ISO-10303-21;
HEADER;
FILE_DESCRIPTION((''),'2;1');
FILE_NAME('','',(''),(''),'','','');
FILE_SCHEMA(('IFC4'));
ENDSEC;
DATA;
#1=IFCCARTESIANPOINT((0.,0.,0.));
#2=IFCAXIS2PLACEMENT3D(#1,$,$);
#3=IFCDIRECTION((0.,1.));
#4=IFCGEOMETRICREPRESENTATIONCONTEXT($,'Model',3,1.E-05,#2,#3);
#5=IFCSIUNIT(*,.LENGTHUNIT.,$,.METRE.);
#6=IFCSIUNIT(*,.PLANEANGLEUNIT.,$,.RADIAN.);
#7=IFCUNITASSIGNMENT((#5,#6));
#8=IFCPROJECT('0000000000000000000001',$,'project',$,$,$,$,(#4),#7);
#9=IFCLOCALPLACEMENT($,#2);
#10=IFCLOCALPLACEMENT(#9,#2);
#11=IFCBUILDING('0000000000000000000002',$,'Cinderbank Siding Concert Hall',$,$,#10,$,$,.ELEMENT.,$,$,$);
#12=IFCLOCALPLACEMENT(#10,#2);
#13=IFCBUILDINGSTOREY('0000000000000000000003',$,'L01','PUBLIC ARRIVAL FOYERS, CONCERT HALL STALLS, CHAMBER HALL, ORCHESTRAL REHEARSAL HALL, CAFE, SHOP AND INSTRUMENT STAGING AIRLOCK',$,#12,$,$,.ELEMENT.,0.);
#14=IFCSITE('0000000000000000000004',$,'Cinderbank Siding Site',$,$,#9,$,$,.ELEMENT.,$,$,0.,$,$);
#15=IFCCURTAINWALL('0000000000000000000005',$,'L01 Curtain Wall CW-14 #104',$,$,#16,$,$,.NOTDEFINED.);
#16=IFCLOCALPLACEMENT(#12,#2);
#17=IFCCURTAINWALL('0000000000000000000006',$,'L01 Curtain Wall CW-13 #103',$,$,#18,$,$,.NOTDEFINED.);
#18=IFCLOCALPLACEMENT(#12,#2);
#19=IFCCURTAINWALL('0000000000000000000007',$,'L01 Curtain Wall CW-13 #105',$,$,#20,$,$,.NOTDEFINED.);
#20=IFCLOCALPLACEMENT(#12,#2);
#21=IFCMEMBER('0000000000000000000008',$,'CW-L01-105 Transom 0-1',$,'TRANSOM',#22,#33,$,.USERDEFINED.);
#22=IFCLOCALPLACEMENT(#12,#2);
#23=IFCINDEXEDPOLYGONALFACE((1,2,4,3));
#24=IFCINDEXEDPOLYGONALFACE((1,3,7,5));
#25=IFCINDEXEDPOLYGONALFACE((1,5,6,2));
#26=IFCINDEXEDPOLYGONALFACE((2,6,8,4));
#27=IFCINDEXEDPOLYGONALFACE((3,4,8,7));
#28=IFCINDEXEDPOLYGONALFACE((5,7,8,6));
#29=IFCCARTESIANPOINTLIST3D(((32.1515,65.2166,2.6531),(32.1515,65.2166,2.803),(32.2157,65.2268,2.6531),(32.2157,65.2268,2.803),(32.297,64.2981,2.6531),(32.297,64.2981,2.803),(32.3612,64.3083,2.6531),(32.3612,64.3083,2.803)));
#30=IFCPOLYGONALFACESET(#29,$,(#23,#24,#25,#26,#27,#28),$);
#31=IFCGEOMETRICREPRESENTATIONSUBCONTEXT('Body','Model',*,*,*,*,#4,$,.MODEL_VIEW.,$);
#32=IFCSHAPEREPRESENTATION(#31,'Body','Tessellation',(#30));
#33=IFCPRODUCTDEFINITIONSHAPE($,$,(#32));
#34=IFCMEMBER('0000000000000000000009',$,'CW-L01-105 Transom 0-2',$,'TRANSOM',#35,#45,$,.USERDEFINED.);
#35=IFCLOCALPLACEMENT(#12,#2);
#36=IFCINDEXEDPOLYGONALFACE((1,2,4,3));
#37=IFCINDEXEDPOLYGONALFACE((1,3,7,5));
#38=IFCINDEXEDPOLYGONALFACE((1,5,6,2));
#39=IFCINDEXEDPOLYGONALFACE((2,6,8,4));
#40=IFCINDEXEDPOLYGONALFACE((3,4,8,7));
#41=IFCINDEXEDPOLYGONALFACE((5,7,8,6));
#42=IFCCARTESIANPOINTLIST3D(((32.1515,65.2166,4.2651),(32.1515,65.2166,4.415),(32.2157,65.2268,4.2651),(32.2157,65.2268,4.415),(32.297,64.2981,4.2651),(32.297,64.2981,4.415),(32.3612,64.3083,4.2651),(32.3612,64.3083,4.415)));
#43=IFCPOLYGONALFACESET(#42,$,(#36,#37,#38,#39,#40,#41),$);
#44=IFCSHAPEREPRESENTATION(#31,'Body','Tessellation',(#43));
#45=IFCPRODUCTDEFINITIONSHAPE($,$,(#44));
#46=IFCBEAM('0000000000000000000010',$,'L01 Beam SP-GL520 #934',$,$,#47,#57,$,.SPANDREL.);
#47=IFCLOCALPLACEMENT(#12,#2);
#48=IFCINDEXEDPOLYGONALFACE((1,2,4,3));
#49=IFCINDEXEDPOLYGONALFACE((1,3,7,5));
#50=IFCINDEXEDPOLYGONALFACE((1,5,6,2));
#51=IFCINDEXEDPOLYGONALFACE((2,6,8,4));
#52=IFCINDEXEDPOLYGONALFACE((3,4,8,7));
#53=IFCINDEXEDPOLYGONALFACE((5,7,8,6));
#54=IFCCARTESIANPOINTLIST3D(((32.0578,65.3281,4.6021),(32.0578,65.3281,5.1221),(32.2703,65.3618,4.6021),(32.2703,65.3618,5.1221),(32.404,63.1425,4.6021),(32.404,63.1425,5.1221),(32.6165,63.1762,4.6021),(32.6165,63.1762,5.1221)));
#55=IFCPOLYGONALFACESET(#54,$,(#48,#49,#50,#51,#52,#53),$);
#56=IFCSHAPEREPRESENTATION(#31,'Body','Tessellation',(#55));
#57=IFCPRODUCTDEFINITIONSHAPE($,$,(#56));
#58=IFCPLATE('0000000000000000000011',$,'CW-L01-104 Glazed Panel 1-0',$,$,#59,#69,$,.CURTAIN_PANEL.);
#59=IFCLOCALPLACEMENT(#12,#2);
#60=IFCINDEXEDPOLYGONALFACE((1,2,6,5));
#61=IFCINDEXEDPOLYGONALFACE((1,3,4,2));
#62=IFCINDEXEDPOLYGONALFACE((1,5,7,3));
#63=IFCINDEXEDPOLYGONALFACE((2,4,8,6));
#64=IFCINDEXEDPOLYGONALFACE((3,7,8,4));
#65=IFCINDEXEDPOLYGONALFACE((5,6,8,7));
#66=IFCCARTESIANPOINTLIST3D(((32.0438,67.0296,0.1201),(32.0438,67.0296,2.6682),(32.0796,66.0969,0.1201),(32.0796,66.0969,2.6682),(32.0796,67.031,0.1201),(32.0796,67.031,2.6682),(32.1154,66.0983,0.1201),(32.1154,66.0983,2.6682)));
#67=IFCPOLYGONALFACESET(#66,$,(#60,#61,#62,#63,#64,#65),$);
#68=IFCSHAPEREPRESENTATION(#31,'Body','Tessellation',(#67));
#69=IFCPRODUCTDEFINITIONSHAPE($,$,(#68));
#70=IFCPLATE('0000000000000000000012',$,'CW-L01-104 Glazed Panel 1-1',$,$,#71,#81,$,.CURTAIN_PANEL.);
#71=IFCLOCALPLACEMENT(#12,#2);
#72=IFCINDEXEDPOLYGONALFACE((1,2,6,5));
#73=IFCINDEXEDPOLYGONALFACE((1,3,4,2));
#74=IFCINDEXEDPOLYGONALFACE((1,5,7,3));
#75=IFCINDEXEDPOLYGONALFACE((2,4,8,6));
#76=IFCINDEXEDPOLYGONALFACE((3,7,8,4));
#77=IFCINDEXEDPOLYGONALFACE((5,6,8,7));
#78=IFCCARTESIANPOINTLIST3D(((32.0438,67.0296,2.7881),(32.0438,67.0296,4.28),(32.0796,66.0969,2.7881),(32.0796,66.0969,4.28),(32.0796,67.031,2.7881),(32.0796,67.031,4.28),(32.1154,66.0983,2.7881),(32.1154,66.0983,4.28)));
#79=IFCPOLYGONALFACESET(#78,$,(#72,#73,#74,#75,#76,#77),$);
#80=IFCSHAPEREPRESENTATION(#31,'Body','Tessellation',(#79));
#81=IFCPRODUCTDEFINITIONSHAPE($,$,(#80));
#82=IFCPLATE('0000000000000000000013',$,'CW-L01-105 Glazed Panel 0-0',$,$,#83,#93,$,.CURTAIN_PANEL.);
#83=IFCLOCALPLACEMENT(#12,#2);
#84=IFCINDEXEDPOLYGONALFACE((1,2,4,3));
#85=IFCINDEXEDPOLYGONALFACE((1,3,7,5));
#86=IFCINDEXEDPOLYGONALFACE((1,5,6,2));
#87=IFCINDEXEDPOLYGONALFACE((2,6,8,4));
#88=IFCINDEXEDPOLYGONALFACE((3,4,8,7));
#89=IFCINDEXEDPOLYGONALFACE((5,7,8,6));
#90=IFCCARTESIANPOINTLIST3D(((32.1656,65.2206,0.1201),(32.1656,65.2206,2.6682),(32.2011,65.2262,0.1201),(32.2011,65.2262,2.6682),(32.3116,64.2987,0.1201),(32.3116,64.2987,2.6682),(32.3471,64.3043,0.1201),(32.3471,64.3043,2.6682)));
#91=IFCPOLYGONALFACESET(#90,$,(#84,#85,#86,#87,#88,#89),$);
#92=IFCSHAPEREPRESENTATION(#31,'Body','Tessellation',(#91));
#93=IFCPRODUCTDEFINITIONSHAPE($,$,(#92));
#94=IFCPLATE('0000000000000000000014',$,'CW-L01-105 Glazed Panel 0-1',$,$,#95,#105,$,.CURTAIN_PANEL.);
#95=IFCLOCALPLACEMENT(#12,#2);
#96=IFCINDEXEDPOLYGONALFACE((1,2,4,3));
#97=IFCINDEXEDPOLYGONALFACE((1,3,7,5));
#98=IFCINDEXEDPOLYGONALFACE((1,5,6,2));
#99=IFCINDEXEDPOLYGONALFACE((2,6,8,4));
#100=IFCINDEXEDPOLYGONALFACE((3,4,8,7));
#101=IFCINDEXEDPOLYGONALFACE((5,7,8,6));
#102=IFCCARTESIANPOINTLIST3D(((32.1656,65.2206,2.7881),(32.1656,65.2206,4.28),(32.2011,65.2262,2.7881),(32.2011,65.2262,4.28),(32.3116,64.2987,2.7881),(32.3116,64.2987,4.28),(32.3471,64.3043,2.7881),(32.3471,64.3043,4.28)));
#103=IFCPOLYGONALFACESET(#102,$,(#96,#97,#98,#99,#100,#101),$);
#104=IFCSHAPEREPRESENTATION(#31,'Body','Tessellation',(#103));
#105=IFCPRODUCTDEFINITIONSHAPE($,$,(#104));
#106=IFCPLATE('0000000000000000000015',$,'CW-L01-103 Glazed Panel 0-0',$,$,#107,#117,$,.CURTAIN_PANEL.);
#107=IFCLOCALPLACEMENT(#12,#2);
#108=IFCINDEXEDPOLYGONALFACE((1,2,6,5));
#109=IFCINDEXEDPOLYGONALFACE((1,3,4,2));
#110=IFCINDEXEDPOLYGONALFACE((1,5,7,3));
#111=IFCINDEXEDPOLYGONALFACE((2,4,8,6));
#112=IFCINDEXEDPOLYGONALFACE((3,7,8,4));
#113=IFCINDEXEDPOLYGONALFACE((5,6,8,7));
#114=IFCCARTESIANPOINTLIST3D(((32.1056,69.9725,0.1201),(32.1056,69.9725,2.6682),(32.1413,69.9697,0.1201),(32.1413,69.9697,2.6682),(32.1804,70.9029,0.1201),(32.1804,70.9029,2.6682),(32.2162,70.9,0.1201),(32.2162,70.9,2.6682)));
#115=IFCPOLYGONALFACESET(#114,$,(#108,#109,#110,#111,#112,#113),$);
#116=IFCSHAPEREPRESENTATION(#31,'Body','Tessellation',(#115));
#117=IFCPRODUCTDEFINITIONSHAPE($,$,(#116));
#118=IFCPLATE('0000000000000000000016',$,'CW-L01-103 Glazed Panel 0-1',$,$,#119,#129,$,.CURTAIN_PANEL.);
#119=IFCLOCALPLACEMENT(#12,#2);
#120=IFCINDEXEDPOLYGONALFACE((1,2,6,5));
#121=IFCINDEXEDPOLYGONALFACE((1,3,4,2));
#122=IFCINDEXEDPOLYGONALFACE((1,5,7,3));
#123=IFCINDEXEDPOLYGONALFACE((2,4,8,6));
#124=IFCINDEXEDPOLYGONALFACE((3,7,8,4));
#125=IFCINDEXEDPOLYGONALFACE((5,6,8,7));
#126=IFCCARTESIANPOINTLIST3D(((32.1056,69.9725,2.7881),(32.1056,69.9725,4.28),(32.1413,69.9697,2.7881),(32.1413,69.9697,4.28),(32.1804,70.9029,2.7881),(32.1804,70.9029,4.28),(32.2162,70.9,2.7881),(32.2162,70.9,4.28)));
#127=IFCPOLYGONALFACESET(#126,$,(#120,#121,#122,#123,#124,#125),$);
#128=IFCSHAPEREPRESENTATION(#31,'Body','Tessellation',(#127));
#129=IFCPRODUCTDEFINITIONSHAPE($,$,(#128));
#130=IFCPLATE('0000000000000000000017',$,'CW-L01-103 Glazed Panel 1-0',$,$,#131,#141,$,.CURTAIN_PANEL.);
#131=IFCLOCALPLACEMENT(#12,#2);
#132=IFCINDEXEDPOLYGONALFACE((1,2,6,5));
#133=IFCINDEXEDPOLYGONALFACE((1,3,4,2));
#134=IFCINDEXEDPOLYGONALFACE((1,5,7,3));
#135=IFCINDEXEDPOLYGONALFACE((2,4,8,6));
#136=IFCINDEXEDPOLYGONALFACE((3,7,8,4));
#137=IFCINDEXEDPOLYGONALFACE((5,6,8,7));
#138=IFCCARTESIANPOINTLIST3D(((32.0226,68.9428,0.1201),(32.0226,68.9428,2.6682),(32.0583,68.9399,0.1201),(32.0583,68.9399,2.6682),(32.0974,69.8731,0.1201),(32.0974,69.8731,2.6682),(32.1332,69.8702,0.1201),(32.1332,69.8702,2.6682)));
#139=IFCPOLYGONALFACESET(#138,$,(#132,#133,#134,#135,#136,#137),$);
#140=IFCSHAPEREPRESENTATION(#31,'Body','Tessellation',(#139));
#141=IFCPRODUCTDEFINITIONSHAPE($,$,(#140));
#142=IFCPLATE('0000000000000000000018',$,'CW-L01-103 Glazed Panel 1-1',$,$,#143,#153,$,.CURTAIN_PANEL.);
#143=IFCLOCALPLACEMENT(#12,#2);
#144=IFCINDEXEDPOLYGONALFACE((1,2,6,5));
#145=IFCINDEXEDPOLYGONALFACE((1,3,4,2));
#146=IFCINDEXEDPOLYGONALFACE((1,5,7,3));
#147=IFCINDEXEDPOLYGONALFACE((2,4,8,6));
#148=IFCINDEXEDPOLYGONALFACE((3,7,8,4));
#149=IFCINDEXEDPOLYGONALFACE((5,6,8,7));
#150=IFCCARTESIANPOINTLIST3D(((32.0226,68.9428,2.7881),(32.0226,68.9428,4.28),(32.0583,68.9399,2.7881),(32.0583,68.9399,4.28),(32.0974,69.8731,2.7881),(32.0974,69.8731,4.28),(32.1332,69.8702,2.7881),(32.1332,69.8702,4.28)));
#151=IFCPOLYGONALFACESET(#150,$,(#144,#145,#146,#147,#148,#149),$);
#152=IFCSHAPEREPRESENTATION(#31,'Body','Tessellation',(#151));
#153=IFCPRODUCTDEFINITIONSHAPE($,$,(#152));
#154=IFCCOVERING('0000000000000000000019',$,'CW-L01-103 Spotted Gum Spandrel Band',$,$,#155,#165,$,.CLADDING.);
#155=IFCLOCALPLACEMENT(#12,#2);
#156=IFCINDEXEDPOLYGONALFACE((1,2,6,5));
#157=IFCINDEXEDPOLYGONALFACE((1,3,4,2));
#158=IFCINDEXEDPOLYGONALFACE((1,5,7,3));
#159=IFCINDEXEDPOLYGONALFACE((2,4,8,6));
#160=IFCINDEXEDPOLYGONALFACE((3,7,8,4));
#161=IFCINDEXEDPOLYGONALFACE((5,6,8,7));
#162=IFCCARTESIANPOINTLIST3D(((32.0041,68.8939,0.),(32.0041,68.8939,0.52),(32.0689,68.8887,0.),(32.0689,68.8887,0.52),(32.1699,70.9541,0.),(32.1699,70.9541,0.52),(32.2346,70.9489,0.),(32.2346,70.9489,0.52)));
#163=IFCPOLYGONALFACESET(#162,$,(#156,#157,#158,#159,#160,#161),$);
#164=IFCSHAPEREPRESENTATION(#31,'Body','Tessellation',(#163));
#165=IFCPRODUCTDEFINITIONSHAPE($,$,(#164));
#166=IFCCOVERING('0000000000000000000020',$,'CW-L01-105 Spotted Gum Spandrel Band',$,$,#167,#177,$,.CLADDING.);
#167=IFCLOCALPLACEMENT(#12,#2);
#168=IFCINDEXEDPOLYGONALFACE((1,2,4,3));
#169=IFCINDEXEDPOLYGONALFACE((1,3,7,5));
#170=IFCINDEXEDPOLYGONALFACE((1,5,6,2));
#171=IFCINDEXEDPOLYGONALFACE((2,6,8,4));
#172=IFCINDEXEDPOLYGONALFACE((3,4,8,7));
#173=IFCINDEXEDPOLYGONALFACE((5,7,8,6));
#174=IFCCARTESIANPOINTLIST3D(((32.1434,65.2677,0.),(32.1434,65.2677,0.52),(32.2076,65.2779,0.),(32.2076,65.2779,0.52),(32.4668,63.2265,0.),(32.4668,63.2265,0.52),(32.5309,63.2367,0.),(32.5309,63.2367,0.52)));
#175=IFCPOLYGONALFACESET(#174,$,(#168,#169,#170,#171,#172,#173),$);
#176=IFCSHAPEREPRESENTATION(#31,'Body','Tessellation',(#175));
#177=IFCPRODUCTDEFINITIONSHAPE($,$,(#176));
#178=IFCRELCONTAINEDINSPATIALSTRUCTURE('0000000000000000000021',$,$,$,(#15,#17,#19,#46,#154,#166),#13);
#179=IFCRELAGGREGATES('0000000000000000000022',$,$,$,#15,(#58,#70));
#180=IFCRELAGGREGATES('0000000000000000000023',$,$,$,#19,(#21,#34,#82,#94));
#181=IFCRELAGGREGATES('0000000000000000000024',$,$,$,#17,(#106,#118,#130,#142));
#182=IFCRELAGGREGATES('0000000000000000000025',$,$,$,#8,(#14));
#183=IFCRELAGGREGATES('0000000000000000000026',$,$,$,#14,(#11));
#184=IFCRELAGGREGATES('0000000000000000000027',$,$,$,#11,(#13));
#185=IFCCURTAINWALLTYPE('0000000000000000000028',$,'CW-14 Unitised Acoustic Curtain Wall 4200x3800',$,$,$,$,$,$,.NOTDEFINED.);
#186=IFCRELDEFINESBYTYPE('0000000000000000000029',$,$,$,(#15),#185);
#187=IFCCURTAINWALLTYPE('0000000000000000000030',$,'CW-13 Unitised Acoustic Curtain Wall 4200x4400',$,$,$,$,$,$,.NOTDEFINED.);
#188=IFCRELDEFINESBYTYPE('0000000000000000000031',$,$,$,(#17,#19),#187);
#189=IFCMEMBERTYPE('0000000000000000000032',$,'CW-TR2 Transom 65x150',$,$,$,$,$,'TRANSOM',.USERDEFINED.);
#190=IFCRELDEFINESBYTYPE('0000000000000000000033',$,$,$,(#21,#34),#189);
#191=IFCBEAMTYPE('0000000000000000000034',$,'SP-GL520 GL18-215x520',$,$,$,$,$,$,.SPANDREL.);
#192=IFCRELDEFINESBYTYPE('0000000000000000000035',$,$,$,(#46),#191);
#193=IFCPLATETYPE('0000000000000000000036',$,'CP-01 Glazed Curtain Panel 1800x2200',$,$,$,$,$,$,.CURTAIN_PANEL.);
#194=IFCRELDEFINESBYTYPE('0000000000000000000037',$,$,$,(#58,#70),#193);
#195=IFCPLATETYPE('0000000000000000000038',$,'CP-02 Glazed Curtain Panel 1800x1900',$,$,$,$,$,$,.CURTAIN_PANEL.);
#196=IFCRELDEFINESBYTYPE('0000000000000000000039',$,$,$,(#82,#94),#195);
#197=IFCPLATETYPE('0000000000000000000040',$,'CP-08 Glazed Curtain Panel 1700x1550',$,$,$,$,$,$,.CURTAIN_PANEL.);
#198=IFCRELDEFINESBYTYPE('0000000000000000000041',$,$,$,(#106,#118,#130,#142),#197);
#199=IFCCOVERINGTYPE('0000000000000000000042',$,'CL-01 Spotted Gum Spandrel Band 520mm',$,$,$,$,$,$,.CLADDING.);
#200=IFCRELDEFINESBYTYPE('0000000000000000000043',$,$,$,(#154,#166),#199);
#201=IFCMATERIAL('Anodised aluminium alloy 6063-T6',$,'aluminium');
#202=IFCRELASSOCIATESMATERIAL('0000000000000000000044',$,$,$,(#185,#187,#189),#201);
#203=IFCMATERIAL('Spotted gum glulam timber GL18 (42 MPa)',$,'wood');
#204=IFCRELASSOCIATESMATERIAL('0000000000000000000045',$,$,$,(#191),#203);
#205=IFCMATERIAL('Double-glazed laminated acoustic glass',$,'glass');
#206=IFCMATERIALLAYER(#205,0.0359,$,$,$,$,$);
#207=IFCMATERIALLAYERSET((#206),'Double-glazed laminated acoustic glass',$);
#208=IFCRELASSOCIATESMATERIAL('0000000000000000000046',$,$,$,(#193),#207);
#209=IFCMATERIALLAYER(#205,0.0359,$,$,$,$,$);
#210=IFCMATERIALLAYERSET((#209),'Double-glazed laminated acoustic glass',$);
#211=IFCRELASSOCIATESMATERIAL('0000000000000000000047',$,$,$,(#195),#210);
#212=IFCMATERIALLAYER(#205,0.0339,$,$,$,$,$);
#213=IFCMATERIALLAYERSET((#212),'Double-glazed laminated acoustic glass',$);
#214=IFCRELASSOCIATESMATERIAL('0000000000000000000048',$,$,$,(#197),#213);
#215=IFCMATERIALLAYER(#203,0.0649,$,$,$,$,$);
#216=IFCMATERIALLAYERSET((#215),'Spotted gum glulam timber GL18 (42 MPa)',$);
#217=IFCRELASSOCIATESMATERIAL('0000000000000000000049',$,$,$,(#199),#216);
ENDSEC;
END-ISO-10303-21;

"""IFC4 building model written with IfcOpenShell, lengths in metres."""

from ifc_helpers import new_model, si_unit, direction, frame, origin, origin_2d, place, context, subcontext, project, spatial, rectangle, extrude, material, layer, layer_set, material_profile, profile_set, type_object, element, aggregate, save


model = new_model("IFC4")

# Units and contexts
model_context = context("Model", 3, precision=1e-05, world=origin(), true_north=direction((0.0, 1.0)))
body_context = subcontext(model_context, "Body", "Model", "MODEL_VIEW")
ifc_project = project(units=[si_unit("LENGTHUNIT", "METRE"), si_unit("PLANEANGLEUNIT", "RADIAN")], contexts=[model_context])

# Site, building, storey
site_placement = place(None, origin())
site = spatial("IfcSite", under=ifc_project, at=site_placement, Name="Cinderbank Siding Site", CompositionType="ELEMENT", RefElevation=0.0)
building_placement = place(site_placement, origin())
building = spatial("IfcBuilding", under=site, at=building_placement, Name="Cinderbank Siding Concert Hall", CompositionType="ELEMENT")
storey_placement = place(building_placement, origin())
storey = spatial("IfcBuildingStorey", under=building, at=storey_placement, Name="L01", Description="PUBLIC ARRIVAL FOYERS, CONCERT HALL STALLS, CHAMBER HALL, ORCHESTRAL REHEARSAL HALL, CAFE, SHOP AND INSTRUMENT STAGING AIRLOCK", CompositionType="ELEMENT", Elevation=0.0)

# Curtain walls
ifc_material_1 = material(Name="Anodised aluminium alloy 6063-T6", Category="aluminium")
curtain_wall_type_1 = type_object("IfcCurtainWallType", Name="CW-14 Unitised Acoustic Curtain Wall 4200x3800", PredefinedType="NOTDEFINED", material=ifc_material_1)
curtain_wall_1_placement = place(storey_placement, origin())
curtain_wall_1 = element("IfcCurtainWall", 1, at=curtain_wall_1_placement, inside=storey, type_object=curtain_wall_type_1, Name="L01 Curtain Wall CW-14 #104", PredefinedType="NOTDEFINED")
curtain_wall_type_2 = type_object("IfcCurtainWallType", Name="CW-13 Unitised Acoustic Curtain Wall 4200x4400", PredefinedType="NOTDEFINED", material=ifc_material_1)
curtain_wall_2_placement = place(storey_placement, origin())
curtain_wall_2 = element("IfcCurtainWall", 2, at=curtain_wall_2_placement, inside=storey, type_object=curtain_wall_type_2, Name="L01 Curtain Wall CW-13 #103", PredefinedType="NOTDEFINED")

# Curtain wall
curtain_wall_3_placement = place(storey_placement, origin())
curtain_wall_3 = element("IfcCurtainWall", 3, at=curtain_wall_3_placement, inside=storey, type_object=curtain_wall_type_2, Name="L01 Curtain Wall CW-13 #105", PredefinedType="NOTDEFINED")

# Members
ifc_material_profile_1 = material_profile(ifc_material_1, rectangle(XDim=0.0649, YDim=0.1499, at=origin_2d()), Name="ALU-TRAN-65x150", Category="LoadBearing")
ifc_profile_set_1 = profile_set([ifc_material_profile_1], Name="Anodised aluminium alloy 6063-T6")
member_type_1 = type_object("IfcMemberType", Name="CW-TR2 Transom 65x150", ElementType="TRANSOM", PredefinedType="USERDEFINED", material=ifc_profile_set_1)
member_1_placement = place(storey_placement, frame((32.1836, 65.2217, 2.728), z_axis=(0.156475, -0.987682, 0.0), x_axis=(0.987682, 0.156475, 0.0)))
member_1 = element("IfcMember", 4, at=member_1_placement, type_object=member_type_1, Name="CW-L01-105 Transom 0-1", ObjectType="TRANSOM", PredefinedType="USERDEFINED", context=body_context, shape_type="SweptSolid", body=[
    extrude(rectangle(XDim=0.0649, YDim=0.1499, at=origin_2d()), origin(), (0.0, 0.0, 1.0), 0.9299),
])
member_2_placement = place(storey_placement, frame((32.1836, 65.2217, 4.3401), z_axis=(0.156475, -0.987682, 0.0), x_axis=(0.987682, 0.156475, 0.0)))
member_2 = element("IfcMember", 5, at=member_2_placement, type_object=member_type_1, Name="CW-L01-105 Transom 0-2", ObjectType="TRANSOM", PredefinedType="USERDEFINED", context=body_context, shape_type="SweptSolid", body=[
    extrude(rectangle(XDim=0.0649, YDim=0.1499, at=origin_2d()), origin(), (0.0, 0.0, 1.0), 0.9299),
])

# Beam
ifc_material_2 = material(Name="Spotted gum glulam timber GL18 (42 MPa)", Category="wood")
ifc_material_profile_2 = material_profile(ifc_material_2, rectangle(XDim=0.2151, YDim=0.52, at=origin_2d()), Name="GL18-215x520", Category="LoadBearing")
ifc_profile_set_2 = profile_set([ifc_material_profile_2], Name="Spotted gum glulam timber GL18 (42 MPa)")
beam_type = type_object("IfcBeamType", Name="SP-GL520 GL18-215x520", PredefinedType="SPANDREL", material=ifc_profile_set_2)
beam_placement = place(storey_placement, frame((32.1641, 65.345, 4.8621), z_axis=(0.15645, -0.987686, 0.0), x_axis=(0.987686, 0.15645, 0.0)))
element("IfcBeam", 6, at=beam_placement, inside=storey, type_object=beam_type, Name="L01 Beam SP-GL520 #934", PredefinedType="SPANDREL", context=body_context, shape_type="SweptSolid", body=[
    extrude(rectangle(XDim=0.2151, YDim=0.52, at=origin_2d()), origin(), (0.0, 0.0, 1.0), 2.2129),
])

# Plates
ifc_material_3 = material(Name="Double-glazed laminated acoustic glass", Category="glass")
ifc_layer_1 = layer(ifc_material_3, 0.0359)
ifc_layer_set_1 = layer_set([ifc_layer_1], Name="Double-glazed laminated acoustic glass")
plate_type_1 = type_object("IfcPlateType", Name="CP-01 Glazed Curtain Panel 1800x2200", PredefinedType="CURTAIN_PANEL", material=ifc_layer_set_1)
plate_1_placement = place(storey_placement, frame((32.0796, 66.564, 0.1201), z_axis=(0.0, 0.0, 1.0), x_axis=(0.03836, -0.999264, 0.0)))
plate_1 = element("IfcPlate", 7, at=plate_1_placement, type_object=plate_type_1, Name="CW-L01-104 Glazed Panel 1-0", PredefinedType="CURTAIN_PANEL", context=body_context, shape_type="SweptSolid", body=[
    extrude(rectangle(XDim=0.9333, YDim=0.0359, at=origin_2d()), origin(), (0.0, 0.0, 1.0), 2.5481),
])
plate_2_placement = place(storey_placement, frame((32.0796, 66.564, 2.7881), z_axis=(0.0, 0.0, 1.0), x_axis=(0.03836, -0.999264, 0.0)))
plate_2 = element("IfcPlate", 8, at=plate_2_placement, type_object=plate_type_1, Name="CW-L01-104 Glazed Panel 1-1", PredefinedType="CURTAIN_PANEL", context=body_context, shape_type="SweptSolid", body=[
    extrude(rectangle(XDim=0.9333, YDim=0.0359, at=origin_2d()), origin(), (0.0, 0.0, 1.0), 1.4919),
])
aggregate(curtain_wall_1, [plate_1, plate_2])
ifc_layer_2 = layer(ifc_material_3, 0.0359)
ifc_layer_set_2 = layer_set([ifc_layer_2], Name="Double-glazed laminated acoustic glass")
plate_type_2 = type_object("IfcPlateType", Name="CP-02 Glazed Curtain Panel 1800x1900", PredefinedType="CURTAIN_PANEL", material=ifc_layer_set_2)
plate_3_placement = place(storey_placement, frame((32.2563, 64.7625, 0.1201), z_axis=(0.0, 0.0, 1.0), x_axis=(0.156464, -0.987684, 0.0)))
plate_3 = element("IfcPlate", 9, at=plate_3_placement, type_object=plate_type_2, Name="CW-L01-105 Glazed Panel 0-0", PredefinedType="CURTAIN_PANEL", context=body_context, shape_type="SweptSolid", body=[
    extrude(rectangle(XDim=0.9333, YDim=0.0359, at=origin_2d()), origin(), (0.0, 0.0, 1.0), 2.5481),
])
plate_4_placement = place(storey_placement, frame((32.2563, 64.7625, 2.7881), z_axis=(0.0, 0.0, 1.0), x_axis=(0.156464, -0.987684, 0.0)))
plate_4 = element("IfcPlate", 10, at=plate_4_placement, type_object=plate_type_2, Name="CW-L01-105 Glazed Panel 0-1", PredefinedType="CURTAIN_PANEL", context=body_context, shape_type="SweptSolid", body=[
    extrude(rectangle(XDim=0.9333, YDim=0.0359, at=origin_2d()), origin(), (0.0, 0.0, 1.0), 1.4919),
])
aggregate(curtain_wall_3, [member_1, member_2, plate_3, plate_4])
ifc_layer_3 = layer(ifc_material_3, 0.0339)
ifc_layer_set_3 = layer_set([ifc_layer_3], Name="Double-glazed laminated acoustic glass")
plate_type_3 = type_object("IfcPlateType", Name="CP-08 Glazed Curtain Panel 1700x1550", PredefinedType="CURTAIN_PANEL", material=ifc_layer_set_3)
plate_5_placement = place(storey_placement, frame((32.1609, 70.4363, 0.1201), z_axis=(0.0, 0.0, 1.0), x_axis=(-0.080196, -0.996779, 0.0)))
plate_5 = element("IfcPlate", 11, at=plate_5_placement, type_object=plate_type_3, Name="CW-L01-103 Glazed Panel 0-0", PredefinedType="CURTAIN_PANEL", context=body_context, shape_type="SweptSolid", body=[
    extrude(rectangle(XDim=0.9333, YDim=0.0359, at=origin_2d()), origin(), (0.0, 0.0, 1.0), 2.5481),
])
plate_6_placement = place(storey_placement, frame((32.1609, 70.4363, 2.7881), z_axis=(0.0, 0.0, 1.0), x_axis=(-0.080196, -0.996779, 0.0)))
plate_6 = element("IfcPlate", 12, at=plate_6_placement, type_object=plate_type_3, Name="CW-L01-103 Glazed Panel 0-1", PredefinedType="CURTAIN_PANEL", context=body_context, shape_type="SweptSolid", body=[
    extrude(rectangle(XDim=0.9333, YDim=0.0359, at=origin_2d()), origin(), (0.0, 0.0, 1.0), 1.4919),
])
plate_7_placement = place(storey_placement, frame((32.0779, 69.4065, 0.1201), z_axis=(0.0, 0.0, 1.0), x_axis=(-0.080196, -0.996779, 0.0)))
plate_7 = element("IfcPlate", 13, at=plate_7_placement, type_object=plate_type_3, Name="CW-L01-103 Glazed Panel 1-0", PredefinedType="CURTAIN_PANEL", context=body_context, shape_type="SweptSolid", body=[
    extrude(rectangle(XDim=0.9333, YDim=0.0359, at=origin_2d()), origin(), (0.0, 0.0, 1.0), 2.5481),
])
plate_8_placement = place(storey_placement, frame((32.0779, 69.4065, 2.7881), z_axis=(0.0, 0.0, 1.0), x_axis=(-0.080196, -0.996779, 0.0)))
plate_8 = element("IfcPlate", 14, at=plate_8_placement, type_object=plate_type_3, Name="CW-L01-103 Glazed Panel 1-1", PredefinedType="CURTAIN_PANEL", context=body_context, shape_type="SweptSolid", body=[
    extrude(rectangle(XDim=0.9333, YDim=0.0359, at=origin_2d()), origin(), (0.0, 0.0, 1.0), 1.4919),
])
aggregate(curtain_wall_2, [plate_5, plate_6, plate_7, plate_8])

# Coverings
ifc_layer_4 = layer(ifc_material_2, 0.0649)
ifc_layer_set_4 = layer_set([ifc_layer_4], Name="Spotted gum glulam timber GL18 (42 MPa)")
covering_type = type_object("IfcCoveringType", Name="CL-01 Spotted Gum Spandrel Band 520mm", PredefinedType="CLADDING", material=ifc_layer_set_4)
covering_1_placement = place(storey_placement, frame((32.1194, 69.9214, 0.0), z_axis=(0.0, 0.0, 1.0), x_axis=(-0.080196, -0.996779, 0.0)))
element("IfcCovering", 15, at=covering_1_placement, inside=storey, type_object=covering_type, Name="CW-L01-103 Spotted Gum Spandrel Band", PredefinedType="CLADDING", context=body_context, shape_type="SweptSolid", body=[
    extrude(rectangle(XDim=2.0669, YDim=0.0649, at=origin_2d()), origin(), (0.0, 0.0, 1.0), 0.52),
])
covering_2_placement = place(storey_placement, frame((32.3372, 64.2522, 0.0), z_axis=(0.0, 0.0, 1.0), x_axis=(0.156464, -0.987684, 0.0)))
element("IfcCovering", 16, at=covering_2_placement, inside=storey, type_object=covering_type, Name="CW-L01-105 Spotted Gum Spandrel Band", PredefinedType="CLADDING", context=body_context, shape_type="SweptSolid", body=[
    extrude(rectangle(XDim=2.0667, YDim=0.0649, at=origin_2d()), origin(), (0.0, 0.0, 1.0), 0.52),
])

save(model, "model.ifc")
